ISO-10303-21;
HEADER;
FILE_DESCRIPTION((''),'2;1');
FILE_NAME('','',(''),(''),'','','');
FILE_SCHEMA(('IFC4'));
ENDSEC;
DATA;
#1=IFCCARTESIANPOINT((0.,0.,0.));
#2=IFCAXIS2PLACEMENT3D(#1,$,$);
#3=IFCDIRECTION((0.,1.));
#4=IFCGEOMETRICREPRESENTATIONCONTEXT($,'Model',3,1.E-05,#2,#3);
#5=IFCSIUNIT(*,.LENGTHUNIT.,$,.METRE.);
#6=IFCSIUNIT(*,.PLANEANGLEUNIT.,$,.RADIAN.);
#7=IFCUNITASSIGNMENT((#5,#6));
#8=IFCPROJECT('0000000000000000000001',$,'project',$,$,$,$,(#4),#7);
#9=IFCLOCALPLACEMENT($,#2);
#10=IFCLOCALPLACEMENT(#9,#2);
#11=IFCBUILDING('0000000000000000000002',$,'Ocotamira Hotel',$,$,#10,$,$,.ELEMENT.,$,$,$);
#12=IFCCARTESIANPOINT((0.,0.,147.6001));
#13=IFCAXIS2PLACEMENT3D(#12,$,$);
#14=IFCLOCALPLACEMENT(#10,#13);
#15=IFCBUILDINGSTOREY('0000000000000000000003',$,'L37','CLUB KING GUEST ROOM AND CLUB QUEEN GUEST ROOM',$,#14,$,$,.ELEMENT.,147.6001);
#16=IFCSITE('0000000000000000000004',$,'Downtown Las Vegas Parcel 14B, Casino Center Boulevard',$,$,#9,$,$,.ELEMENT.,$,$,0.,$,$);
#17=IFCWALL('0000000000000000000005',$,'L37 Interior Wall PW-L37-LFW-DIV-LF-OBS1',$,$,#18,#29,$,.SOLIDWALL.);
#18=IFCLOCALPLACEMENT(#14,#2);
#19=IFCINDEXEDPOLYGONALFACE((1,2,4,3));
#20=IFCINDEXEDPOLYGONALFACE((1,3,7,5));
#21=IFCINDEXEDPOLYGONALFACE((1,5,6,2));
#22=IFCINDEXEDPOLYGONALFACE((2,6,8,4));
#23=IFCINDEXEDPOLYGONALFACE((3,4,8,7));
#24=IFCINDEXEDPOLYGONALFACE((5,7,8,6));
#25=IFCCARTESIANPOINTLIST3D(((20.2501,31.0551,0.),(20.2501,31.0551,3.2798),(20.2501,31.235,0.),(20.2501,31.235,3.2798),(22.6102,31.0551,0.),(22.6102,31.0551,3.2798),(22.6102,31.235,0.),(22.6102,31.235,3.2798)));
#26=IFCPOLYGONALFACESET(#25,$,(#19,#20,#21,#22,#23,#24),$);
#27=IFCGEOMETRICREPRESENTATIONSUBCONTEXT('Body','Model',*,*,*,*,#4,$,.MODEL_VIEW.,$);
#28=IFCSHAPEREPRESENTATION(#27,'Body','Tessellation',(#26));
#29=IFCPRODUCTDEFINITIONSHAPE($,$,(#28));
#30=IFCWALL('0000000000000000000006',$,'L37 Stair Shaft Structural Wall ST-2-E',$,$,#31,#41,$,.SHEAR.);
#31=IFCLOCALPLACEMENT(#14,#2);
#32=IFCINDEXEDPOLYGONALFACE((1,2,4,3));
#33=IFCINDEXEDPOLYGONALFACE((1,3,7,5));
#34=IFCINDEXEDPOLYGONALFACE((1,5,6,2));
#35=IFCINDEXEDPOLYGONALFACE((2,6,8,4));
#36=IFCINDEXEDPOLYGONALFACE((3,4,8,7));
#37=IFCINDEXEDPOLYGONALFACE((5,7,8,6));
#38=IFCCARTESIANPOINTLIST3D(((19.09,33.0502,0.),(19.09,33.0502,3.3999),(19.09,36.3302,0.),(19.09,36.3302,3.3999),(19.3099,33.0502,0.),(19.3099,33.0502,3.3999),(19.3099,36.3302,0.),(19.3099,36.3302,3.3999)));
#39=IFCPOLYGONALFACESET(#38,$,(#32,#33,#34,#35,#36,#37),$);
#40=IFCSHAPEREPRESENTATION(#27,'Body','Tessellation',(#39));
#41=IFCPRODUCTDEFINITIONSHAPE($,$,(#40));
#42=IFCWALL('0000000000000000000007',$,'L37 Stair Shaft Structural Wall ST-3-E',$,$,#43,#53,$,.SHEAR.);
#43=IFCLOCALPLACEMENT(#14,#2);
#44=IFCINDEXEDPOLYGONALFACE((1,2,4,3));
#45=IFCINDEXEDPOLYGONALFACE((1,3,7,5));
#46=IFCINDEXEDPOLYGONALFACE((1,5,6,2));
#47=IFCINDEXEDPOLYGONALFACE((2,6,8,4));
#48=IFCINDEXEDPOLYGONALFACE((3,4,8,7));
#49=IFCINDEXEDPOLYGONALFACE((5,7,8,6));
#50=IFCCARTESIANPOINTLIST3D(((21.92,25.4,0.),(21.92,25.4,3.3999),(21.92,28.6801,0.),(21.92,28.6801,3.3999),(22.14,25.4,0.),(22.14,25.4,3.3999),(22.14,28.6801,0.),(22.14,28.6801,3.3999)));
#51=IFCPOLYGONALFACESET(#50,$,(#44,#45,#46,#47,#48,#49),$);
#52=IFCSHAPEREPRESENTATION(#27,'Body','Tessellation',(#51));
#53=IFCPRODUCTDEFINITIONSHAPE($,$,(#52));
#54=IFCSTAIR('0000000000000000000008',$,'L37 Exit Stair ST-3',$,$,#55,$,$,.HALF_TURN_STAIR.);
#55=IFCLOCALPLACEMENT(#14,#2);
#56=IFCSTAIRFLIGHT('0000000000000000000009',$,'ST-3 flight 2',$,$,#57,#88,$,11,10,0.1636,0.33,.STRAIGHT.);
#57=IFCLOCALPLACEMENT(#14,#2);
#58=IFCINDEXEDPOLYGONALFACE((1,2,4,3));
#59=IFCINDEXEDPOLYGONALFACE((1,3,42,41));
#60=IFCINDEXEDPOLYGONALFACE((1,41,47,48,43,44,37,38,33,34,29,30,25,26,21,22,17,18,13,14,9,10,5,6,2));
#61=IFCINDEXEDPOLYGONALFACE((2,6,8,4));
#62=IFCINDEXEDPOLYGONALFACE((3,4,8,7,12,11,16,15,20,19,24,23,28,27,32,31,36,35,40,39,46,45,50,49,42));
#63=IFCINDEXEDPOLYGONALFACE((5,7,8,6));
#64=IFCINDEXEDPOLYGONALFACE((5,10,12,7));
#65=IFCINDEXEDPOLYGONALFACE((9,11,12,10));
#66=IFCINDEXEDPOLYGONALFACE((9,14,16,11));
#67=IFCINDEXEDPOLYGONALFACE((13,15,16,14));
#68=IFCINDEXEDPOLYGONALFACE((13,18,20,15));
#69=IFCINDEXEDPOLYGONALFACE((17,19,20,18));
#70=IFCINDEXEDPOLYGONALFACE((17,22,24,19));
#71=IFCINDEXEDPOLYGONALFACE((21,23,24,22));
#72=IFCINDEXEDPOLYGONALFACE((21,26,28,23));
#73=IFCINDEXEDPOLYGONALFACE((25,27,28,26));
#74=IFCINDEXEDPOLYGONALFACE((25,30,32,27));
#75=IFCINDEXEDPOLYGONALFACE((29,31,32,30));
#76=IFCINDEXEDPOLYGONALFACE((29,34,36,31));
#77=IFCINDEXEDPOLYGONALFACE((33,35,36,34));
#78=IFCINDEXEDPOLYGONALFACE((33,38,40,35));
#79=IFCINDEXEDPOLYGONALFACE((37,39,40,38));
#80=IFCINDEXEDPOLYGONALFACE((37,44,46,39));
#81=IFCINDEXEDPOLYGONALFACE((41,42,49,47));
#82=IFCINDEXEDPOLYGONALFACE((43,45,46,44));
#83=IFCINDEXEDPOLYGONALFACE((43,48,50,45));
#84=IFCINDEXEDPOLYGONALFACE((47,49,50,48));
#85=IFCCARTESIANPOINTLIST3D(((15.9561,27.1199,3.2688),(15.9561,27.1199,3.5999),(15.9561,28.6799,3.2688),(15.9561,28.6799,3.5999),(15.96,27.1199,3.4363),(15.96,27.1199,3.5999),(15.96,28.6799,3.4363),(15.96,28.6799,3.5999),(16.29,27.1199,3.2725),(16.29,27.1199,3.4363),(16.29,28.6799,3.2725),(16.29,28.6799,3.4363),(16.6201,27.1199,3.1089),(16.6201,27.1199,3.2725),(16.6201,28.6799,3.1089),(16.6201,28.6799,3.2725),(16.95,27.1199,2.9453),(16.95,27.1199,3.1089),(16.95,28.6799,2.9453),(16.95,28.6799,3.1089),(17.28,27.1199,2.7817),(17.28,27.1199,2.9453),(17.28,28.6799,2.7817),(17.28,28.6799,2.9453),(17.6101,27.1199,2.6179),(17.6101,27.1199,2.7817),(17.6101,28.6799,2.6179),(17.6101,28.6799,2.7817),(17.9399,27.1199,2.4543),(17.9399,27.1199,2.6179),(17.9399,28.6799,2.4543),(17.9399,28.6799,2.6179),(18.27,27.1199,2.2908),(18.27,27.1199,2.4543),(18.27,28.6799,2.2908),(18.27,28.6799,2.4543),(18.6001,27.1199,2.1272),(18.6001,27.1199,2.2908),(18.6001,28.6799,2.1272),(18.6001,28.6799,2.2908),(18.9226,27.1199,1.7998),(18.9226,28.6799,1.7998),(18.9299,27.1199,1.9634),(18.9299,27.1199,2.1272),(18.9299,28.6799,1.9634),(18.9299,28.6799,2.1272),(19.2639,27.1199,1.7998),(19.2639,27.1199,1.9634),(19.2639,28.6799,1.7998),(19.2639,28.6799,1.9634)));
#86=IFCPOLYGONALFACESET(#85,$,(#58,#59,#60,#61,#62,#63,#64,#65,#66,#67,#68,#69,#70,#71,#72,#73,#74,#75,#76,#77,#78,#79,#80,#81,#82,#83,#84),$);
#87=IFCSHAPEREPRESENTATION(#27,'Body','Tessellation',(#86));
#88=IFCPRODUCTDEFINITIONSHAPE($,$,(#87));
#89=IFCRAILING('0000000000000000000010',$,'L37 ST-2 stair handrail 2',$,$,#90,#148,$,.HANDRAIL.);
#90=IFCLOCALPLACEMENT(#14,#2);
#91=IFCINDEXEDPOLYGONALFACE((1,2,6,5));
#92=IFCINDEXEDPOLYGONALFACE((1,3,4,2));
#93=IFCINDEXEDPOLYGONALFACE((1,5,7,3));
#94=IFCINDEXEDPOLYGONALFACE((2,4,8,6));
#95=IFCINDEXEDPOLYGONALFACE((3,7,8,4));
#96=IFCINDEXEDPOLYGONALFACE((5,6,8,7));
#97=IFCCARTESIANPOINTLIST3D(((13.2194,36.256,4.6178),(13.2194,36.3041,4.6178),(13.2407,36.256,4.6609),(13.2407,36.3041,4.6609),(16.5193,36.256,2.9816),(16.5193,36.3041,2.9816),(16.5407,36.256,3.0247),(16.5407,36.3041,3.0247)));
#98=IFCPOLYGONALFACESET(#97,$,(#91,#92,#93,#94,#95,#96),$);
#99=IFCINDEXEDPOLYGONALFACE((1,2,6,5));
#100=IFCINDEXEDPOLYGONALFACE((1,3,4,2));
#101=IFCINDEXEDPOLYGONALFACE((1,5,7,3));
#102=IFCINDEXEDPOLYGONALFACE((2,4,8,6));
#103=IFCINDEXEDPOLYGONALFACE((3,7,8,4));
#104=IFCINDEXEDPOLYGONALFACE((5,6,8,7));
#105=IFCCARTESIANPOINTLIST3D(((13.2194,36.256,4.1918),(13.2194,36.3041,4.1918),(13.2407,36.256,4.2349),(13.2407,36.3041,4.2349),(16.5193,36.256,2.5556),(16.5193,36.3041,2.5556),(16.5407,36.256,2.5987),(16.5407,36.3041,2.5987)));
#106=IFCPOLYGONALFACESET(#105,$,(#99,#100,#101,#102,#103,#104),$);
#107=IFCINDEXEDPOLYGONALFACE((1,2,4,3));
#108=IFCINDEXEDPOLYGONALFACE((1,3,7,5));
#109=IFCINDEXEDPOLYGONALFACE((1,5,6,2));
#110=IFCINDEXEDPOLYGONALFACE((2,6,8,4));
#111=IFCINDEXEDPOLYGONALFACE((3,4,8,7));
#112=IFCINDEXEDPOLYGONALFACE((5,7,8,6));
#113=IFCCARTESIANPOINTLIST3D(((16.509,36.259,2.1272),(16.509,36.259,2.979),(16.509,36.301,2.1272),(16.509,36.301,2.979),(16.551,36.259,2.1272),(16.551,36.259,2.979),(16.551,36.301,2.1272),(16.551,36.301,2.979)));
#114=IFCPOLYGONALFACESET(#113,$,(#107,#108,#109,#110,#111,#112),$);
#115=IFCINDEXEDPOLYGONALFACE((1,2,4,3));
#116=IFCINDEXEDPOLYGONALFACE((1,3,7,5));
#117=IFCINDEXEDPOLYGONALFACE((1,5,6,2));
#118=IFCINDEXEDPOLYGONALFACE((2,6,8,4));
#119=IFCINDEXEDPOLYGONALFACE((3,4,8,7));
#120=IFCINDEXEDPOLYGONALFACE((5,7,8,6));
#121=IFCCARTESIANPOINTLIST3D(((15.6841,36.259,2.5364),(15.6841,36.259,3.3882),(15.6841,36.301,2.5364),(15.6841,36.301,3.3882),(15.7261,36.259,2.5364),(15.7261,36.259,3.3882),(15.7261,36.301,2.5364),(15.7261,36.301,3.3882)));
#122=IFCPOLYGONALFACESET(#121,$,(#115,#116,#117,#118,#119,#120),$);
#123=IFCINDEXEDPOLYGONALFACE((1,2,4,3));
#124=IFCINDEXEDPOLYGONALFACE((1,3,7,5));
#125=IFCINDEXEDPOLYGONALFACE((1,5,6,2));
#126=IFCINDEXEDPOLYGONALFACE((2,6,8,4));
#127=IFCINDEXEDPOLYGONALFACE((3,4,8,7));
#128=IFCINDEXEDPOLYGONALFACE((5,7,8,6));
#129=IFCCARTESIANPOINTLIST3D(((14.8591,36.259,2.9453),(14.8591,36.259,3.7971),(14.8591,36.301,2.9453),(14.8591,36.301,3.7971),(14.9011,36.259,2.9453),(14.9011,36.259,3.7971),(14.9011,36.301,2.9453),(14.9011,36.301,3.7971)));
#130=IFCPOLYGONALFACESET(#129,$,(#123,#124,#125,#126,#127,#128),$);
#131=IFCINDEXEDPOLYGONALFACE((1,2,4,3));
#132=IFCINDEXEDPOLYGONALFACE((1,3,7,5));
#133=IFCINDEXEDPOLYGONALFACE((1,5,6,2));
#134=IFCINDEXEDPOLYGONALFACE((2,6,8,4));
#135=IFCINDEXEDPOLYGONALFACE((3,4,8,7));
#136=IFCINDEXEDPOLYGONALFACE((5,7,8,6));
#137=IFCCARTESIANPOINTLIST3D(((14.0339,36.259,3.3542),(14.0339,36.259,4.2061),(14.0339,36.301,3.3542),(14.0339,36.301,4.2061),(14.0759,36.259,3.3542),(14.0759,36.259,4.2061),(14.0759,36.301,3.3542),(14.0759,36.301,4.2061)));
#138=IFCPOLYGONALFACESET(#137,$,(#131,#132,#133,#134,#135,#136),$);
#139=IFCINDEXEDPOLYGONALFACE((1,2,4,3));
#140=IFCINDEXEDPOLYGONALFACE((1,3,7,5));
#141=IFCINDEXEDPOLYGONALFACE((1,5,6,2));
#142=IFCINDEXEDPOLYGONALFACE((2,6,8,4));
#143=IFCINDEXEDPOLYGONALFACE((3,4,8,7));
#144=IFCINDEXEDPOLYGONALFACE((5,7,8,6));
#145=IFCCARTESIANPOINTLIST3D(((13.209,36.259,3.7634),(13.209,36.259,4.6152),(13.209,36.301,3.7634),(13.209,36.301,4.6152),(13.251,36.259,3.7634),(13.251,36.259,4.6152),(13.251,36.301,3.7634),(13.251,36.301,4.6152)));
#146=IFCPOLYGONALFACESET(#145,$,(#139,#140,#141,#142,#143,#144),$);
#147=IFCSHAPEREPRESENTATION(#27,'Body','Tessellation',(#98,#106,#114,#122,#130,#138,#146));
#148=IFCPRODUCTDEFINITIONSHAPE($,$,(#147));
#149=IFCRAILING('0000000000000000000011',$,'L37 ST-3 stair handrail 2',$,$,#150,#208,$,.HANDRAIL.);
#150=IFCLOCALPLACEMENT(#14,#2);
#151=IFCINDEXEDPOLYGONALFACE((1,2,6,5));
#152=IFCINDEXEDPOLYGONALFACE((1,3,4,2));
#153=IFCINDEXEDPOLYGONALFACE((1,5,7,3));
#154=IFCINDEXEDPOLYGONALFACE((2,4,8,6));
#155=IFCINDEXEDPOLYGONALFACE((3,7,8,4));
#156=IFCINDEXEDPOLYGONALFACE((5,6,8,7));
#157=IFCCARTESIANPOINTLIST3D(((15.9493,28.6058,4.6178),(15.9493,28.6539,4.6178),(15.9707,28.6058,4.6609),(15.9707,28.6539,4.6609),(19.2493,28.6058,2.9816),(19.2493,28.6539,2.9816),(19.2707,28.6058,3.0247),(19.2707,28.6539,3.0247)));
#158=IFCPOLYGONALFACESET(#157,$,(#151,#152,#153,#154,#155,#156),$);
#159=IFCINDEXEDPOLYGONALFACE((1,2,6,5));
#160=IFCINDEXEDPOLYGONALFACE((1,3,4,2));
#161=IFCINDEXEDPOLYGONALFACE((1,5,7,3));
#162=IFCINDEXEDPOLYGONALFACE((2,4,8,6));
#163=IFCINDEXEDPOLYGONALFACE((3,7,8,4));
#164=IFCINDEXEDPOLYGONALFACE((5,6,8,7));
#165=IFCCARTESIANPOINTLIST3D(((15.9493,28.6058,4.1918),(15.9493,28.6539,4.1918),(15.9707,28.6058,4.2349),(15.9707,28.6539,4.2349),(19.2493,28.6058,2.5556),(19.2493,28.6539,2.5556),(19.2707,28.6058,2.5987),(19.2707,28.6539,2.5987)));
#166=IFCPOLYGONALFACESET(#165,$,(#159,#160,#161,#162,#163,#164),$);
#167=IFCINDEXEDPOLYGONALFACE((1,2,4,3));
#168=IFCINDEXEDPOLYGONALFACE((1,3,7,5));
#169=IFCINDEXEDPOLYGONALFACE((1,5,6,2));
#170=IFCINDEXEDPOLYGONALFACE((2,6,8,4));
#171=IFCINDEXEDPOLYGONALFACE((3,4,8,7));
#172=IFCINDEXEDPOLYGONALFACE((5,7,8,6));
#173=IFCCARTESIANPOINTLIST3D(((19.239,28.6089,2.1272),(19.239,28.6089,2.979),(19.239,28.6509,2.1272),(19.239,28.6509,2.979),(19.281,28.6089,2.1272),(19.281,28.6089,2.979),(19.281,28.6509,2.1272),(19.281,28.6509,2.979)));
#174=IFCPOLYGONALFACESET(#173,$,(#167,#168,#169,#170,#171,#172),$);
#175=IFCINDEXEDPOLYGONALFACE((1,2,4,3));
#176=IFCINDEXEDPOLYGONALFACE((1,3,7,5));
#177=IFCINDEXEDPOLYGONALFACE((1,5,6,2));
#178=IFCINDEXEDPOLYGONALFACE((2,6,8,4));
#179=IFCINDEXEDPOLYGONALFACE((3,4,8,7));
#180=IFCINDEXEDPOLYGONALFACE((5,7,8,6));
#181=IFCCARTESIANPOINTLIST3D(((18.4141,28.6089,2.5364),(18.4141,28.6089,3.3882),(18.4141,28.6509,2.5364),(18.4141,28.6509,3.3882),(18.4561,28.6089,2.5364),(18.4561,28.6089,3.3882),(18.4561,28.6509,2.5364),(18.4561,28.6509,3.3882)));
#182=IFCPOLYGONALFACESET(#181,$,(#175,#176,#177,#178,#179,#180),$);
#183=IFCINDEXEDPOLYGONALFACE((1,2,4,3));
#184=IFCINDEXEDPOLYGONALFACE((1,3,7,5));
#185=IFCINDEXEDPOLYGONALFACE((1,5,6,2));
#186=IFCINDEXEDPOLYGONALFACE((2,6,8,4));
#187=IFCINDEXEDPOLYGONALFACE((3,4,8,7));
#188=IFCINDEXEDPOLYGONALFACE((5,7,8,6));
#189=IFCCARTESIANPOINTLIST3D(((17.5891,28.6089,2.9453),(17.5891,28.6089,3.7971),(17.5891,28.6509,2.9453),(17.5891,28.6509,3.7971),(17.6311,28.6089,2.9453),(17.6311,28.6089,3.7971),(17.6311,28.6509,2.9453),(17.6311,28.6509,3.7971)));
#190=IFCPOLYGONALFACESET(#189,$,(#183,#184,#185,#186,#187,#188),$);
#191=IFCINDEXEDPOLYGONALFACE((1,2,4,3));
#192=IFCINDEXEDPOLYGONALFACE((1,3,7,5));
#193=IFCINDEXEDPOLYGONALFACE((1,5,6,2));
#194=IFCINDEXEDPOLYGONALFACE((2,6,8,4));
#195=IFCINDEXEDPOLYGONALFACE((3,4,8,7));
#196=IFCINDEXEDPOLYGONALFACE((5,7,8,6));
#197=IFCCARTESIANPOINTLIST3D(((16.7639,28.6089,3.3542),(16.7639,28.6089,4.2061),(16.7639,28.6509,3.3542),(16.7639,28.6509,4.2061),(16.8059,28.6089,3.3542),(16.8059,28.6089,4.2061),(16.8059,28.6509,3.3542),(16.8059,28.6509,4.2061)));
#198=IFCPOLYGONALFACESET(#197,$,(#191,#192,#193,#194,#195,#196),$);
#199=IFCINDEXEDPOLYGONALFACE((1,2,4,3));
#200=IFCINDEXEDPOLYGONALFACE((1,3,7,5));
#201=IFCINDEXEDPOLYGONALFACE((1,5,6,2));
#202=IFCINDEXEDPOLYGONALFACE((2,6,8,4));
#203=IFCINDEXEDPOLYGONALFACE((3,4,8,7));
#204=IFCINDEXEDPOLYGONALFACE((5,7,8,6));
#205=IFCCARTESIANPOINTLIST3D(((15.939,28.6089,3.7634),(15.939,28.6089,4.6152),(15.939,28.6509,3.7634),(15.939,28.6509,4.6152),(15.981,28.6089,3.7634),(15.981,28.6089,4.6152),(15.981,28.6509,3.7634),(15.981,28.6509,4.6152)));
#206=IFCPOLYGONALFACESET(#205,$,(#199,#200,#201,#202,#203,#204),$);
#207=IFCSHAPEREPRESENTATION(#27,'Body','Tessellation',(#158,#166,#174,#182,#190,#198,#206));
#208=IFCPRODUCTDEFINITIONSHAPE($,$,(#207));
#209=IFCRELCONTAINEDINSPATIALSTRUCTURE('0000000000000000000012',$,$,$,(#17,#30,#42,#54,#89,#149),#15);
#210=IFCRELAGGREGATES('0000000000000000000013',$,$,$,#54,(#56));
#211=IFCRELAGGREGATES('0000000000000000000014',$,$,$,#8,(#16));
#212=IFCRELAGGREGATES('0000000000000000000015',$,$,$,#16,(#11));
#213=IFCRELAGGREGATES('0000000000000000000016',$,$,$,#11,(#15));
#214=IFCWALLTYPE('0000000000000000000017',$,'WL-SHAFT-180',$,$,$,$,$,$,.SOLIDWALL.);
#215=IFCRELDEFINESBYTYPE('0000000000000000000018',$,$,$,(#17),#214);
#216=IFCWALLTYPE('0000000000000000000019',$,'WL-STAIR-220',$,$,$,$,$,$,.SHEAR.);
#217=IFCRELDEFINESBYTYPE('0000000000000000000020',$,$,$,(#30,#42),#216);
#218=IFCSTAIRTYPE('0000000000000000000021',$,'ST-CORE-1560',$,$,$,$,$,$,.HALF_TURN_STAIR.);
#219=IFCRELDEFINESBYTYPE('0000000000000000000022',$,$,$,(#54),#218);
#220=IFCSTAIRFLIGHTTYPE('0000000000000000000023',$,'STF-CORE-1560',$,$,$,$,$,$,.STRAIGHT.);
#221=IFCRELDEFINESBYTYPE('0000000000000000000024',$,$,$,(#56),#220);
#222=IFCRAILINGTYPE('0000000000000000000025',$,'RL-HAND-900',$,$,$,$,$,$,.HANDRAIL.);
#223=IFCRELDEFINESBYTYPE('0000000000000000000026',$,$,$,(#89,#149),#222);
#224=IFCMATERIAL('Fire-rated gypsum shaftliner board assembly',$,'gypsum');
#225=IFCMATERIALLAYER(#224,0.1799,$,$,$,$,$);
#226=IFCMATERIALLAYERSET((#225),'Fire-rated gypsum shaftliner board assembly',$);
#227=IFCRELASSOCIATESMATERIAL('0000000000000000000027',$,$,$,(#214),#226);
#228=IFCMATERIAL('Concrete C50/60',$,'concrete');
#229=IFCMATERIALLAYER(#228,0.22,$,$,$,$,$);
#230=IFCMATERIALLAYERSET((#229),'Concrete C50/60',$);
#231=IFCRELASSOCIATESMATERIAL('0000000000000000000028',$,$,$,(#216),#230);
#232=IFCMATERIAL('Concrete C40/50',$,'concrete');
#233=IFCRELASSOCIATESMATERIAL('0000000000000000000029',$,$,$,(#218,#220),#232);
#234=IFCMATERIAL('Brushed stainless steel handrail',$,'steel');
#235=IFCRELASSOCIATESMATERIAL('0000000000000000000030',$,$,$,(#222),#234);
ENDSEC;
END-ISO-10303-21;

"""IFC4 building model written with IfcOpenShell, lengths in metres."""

from ifc_helpers import new_model, si_unit, direction, frame, frame_2d, origin, origin_2d, place, context, subcontext, project, spatial, polyline, rectangle, outline, extrude, source, transform, mapped, material, layer, layer_set, type_object, element, aggregate, save


model = new_model("IFC4")

# Units and contexts
model_context = context("Model", 3, precision=1e-05, world=origin(), true_north=direction((0.0, 1.0)))
body_context = subcontext(model_context, "Body", "Model", "MODEL_VIEW")
ifc_project = project(units=[si_unit("LENGTHUNIT", "METRE"), si_unit("PLANEANGLEUNIT", "RADIAN")], contexts=[model_context])

# Site, building, storey
site_placement = place(None, origin())
site = spatial("IfcSite", under=ifc_project, at=site_placement, Name="Downtown Las Vegas Parcel 14B, Casino Center Boulevard", CompositionType="ELEMENT", RefElevation=0.0)
building_placement = place(site_placement, origin())
building = spatial("IfcBuilding", under=site, at=building_placement, Name="Ocotamira Hotel", CompositionType="ELEMENT")
storey_placement = place(building_placement, frame((0.0, 0.0, 147.6001)))
storey = spatial("IfcBuildingStorey", under=building, at=storey_placement, Name="L37", Description="CLUB KING GUEST ROOM AND CLUB QUEEN GUEST ROOM", CompositionType="ELEMENT", Elevation=147.6001)

# Walls
ifc_material_1 = material(Name="Fire-rated gypsum shaftliner board assembly", Category="gypsum")
ifc_layer_1 = layer(ifc_material_1, 0.1799)
ifc_layer_set_1 = layer_set([ifc_layer_1], Name="Fire-rated gypsum shaftliner board assembly")
wall_type_1 = type_object("IfcWallType", Name="WL-SHAFT-180", PredefinedType="SOLIDWALL", material=ifc_layer_set_1)
wall_1_placement = place(storey_placement, frame((20.25, 31.145, 0.0), z_axis=(0.0, 0.0, 1.0), x_axis=(1.0, 0.0, 0.0)))
element("IfcWall", 1, at=wall_1_placement, inside=storey, type_object=wall_type_1, Name="L37 Interior Wall PW-L37-LFW-DIV-LF-OBS1", PredefinedType="SOLIDWALL", context=body_context, shape_type="SweptSolid", body=[
    extrude(rectangle(XDim=2.3601, YDim=0.1799, at=frame_2d((1.1802, 0.0))), origin(), (0.0, 0.0, 1.0), 3.2798),
])
ifc_material_2 = material(Name="Concrete C50/60", Category="concrete")
ifc_layer_2 = layer(ifc_material_2, 0.22)
ifc_layer_set_2 = layer_set([ifc_layer_2], Name="Concrete C50/60")
wall_type_2 = type_object("IfcWallType", Name="WL-STAIR-220", PredefinedType="SHEAR", material=ifc_layer_set_2)
for number, where, z_axis, x_axis, name in (
    (2, (19.2, 33.05, 0.0), (0.0, 0.0, 1.0), (0.0, 1.0, 0.0), "L37 Stair Shaft Structural Wall ST-2-E"),
    (3, (22.03, 25.3999, 0.0), (0.0, 0.0, 1.0), (0.0, 1.0, 0.0), "L37 Stair Shaft Structural Wall ST-3-E"),
):
    element("IfcWall", number, at=place(storey_placement, frame(where, z_axis=z_axis, x_axis=x_axis)), inside=storey, type_object=wall_type_2, Name=name, PredefinedType="SHEAR", context=body_context, shape_type="SweptSolid", body=[
        extrude(rectangle(XDim=3.28, YDim=0.22, at=frame_2d((1.6401, 0.0))), origin(), (0.0, 0.0, 1.0), 3.3999),
    ])

# Stair, stair flight
ifc_material_3 = material(Name="Concrete C40/50", Category="concrete")
stair_type = type_object("IfcStairType", Name="ST-CORE-1560", PredefinedType="HALF_TURN_STAIR", material=ifc_material_3)
stair_placement = place(storey_placement, origin())
stair = element("IfcStair", 4, at=stair_placement, inside=storey, type_object=stair_type, Name="L37 Exit Stair ST-3", PredefinedType="HALF_TURN_STAIR")
stair_flight_type = type_object("IfcStairFlightType", Name="STF-CORE-1560", PredefinedType="STRAIGHT", material=ifc_material_3)
shared_shape_1 = source(origin(), body_context, "Body", "SweptSolid", [
    extrude(outline(polyline([(-0.0039, 0.0), (-0.0039, 0.1636), (0.3301, 0.1636), (0.3301, 0.3274), (0.6599, 0.3274), (0.6599, 0.491), (0.99, 0.491), (0.99, 0.6545), (1.3201, 0.6545), (1.3201, 0.8181), (1.6499, 0.8181), (1.6499, 0.9819), (1.98, 0.9819), (1.98, 1.1455), (2.3101, 1.1455), (2.3101, 1.3091), (2.6399, 1.3091), (2.6399, 1.4727), (2.97, 1.4727), (2.97, 1.6365), (3.3, 1.6365), (3.3, 1.8), (3.304, 1.8), (3.304, 1.469), (0.3374, 0.0), (-0.0039, 0.0)])), frame((0.0, 0.78, 0.0), z_axis=(0.0, -1.0, 0.0), x_axis=(1.0, 0.0, 0.0)), (0.0, 0.0, 1.0), 1.5601),
])
stair_flight_placement = place(storey_placement, frame((19.26, 27.8999, 1.7998), z_axis=(0.0, 0.0, 1.0), x_axis=(-1.0, 0.0, 0.0)))
stair_flight = element("IfcStairFlight", 5, at=stair_flight_placement, type_object=stair_flight_type, Name="ST-3 flight 2", NumberOfRisers=11, NumberOfTreads=10, PredefinedType="STRAIGHT", RiserHeight=0.1636, TreadLength=0.33, context=body_context, shape_type="MappedRepresentation", body=[
    mapped(shared_shape_1, transform((0.0, 0.0, 0.0), scale=1.0)),
])
aggregate(stair, [stair_flight])

# Railings
ifc_material_4 = material(Name="Brushed stainless steel handrail", Category="steel")
railing_type_1 = type_object("IfcRailingType", Name="RL-HAND-900", PredefinedType="HANDRAIL", material=ifc_material_4)
for number, where, name in (
    (6, (16.53, 36.28, 2.1272), "L37 ST-2 stair handrail 2"),
    (7, (19.26, 28.6299, 2.1272), "L37 ST-3 stair handrail 2"),
):
    element("IfcRailing", number, at=place(storey_placement, frame(where)), inside=storey, type_object=railing_type_1, Name=name, PredefinedType="HANDRAIL", context=body_context, shape_type="SweptSolid", body=[
        extrude(rectangle(XDim=0.0481, YDim=0.0481, at=origin_2d()), frame((0.0, 0.0, 0.876), z_axis=(-0.89592, 0.0, 0.444215), x_axis=(0.0, -1.0, 0.0)), (0.0, 0.0, 1.0), 3.6833),
        extrude(rectangle(XDim=0.0481, YDim=0.0481, at=origin_2d()), frame((0.0, 0.0, 0.45), z_axis=(-0.89592, 0.0, 0.444215), x_axis=(0.0, -1.0, 0.0)), (0.0, 0.0, 1.0), 3.6833),
        extrude(rectangle(XDim=0.042, YDim=0.042, at=origin_2d()), origin(), (0.0, 0.0, 1.0), 0.8518),
        extrude(rectangle(XDim=0.042, YDim=0.042, at=origin_2d()), frame((-0.825, 0.0, 0.4092)), (0.0, 0.0, 1.0), 0.8518),
        extrude(rectangle(XDim=0.042, YDim=0.042, at=origin_2d()), frame((-1.6499, 0.0, 0.8181)), (0.0, 0.0, 1.0), 0.8518),
        extrude(rectangle(XDim=0.042, YDim=0.042, at=origin_2d()), frame((-2.4751, 0.0, 1.2271)), (0.0, 0.0, 1.0), 0.8518),
        extrude(rectangle(XDim=0.042, YDim=0.042, at=origin_2d()), frame((-3.3, 0.0, 1.6362)), (0.0, 0.0, 1.0), 0.8518),
    ])

save(model, "model.ifc")
